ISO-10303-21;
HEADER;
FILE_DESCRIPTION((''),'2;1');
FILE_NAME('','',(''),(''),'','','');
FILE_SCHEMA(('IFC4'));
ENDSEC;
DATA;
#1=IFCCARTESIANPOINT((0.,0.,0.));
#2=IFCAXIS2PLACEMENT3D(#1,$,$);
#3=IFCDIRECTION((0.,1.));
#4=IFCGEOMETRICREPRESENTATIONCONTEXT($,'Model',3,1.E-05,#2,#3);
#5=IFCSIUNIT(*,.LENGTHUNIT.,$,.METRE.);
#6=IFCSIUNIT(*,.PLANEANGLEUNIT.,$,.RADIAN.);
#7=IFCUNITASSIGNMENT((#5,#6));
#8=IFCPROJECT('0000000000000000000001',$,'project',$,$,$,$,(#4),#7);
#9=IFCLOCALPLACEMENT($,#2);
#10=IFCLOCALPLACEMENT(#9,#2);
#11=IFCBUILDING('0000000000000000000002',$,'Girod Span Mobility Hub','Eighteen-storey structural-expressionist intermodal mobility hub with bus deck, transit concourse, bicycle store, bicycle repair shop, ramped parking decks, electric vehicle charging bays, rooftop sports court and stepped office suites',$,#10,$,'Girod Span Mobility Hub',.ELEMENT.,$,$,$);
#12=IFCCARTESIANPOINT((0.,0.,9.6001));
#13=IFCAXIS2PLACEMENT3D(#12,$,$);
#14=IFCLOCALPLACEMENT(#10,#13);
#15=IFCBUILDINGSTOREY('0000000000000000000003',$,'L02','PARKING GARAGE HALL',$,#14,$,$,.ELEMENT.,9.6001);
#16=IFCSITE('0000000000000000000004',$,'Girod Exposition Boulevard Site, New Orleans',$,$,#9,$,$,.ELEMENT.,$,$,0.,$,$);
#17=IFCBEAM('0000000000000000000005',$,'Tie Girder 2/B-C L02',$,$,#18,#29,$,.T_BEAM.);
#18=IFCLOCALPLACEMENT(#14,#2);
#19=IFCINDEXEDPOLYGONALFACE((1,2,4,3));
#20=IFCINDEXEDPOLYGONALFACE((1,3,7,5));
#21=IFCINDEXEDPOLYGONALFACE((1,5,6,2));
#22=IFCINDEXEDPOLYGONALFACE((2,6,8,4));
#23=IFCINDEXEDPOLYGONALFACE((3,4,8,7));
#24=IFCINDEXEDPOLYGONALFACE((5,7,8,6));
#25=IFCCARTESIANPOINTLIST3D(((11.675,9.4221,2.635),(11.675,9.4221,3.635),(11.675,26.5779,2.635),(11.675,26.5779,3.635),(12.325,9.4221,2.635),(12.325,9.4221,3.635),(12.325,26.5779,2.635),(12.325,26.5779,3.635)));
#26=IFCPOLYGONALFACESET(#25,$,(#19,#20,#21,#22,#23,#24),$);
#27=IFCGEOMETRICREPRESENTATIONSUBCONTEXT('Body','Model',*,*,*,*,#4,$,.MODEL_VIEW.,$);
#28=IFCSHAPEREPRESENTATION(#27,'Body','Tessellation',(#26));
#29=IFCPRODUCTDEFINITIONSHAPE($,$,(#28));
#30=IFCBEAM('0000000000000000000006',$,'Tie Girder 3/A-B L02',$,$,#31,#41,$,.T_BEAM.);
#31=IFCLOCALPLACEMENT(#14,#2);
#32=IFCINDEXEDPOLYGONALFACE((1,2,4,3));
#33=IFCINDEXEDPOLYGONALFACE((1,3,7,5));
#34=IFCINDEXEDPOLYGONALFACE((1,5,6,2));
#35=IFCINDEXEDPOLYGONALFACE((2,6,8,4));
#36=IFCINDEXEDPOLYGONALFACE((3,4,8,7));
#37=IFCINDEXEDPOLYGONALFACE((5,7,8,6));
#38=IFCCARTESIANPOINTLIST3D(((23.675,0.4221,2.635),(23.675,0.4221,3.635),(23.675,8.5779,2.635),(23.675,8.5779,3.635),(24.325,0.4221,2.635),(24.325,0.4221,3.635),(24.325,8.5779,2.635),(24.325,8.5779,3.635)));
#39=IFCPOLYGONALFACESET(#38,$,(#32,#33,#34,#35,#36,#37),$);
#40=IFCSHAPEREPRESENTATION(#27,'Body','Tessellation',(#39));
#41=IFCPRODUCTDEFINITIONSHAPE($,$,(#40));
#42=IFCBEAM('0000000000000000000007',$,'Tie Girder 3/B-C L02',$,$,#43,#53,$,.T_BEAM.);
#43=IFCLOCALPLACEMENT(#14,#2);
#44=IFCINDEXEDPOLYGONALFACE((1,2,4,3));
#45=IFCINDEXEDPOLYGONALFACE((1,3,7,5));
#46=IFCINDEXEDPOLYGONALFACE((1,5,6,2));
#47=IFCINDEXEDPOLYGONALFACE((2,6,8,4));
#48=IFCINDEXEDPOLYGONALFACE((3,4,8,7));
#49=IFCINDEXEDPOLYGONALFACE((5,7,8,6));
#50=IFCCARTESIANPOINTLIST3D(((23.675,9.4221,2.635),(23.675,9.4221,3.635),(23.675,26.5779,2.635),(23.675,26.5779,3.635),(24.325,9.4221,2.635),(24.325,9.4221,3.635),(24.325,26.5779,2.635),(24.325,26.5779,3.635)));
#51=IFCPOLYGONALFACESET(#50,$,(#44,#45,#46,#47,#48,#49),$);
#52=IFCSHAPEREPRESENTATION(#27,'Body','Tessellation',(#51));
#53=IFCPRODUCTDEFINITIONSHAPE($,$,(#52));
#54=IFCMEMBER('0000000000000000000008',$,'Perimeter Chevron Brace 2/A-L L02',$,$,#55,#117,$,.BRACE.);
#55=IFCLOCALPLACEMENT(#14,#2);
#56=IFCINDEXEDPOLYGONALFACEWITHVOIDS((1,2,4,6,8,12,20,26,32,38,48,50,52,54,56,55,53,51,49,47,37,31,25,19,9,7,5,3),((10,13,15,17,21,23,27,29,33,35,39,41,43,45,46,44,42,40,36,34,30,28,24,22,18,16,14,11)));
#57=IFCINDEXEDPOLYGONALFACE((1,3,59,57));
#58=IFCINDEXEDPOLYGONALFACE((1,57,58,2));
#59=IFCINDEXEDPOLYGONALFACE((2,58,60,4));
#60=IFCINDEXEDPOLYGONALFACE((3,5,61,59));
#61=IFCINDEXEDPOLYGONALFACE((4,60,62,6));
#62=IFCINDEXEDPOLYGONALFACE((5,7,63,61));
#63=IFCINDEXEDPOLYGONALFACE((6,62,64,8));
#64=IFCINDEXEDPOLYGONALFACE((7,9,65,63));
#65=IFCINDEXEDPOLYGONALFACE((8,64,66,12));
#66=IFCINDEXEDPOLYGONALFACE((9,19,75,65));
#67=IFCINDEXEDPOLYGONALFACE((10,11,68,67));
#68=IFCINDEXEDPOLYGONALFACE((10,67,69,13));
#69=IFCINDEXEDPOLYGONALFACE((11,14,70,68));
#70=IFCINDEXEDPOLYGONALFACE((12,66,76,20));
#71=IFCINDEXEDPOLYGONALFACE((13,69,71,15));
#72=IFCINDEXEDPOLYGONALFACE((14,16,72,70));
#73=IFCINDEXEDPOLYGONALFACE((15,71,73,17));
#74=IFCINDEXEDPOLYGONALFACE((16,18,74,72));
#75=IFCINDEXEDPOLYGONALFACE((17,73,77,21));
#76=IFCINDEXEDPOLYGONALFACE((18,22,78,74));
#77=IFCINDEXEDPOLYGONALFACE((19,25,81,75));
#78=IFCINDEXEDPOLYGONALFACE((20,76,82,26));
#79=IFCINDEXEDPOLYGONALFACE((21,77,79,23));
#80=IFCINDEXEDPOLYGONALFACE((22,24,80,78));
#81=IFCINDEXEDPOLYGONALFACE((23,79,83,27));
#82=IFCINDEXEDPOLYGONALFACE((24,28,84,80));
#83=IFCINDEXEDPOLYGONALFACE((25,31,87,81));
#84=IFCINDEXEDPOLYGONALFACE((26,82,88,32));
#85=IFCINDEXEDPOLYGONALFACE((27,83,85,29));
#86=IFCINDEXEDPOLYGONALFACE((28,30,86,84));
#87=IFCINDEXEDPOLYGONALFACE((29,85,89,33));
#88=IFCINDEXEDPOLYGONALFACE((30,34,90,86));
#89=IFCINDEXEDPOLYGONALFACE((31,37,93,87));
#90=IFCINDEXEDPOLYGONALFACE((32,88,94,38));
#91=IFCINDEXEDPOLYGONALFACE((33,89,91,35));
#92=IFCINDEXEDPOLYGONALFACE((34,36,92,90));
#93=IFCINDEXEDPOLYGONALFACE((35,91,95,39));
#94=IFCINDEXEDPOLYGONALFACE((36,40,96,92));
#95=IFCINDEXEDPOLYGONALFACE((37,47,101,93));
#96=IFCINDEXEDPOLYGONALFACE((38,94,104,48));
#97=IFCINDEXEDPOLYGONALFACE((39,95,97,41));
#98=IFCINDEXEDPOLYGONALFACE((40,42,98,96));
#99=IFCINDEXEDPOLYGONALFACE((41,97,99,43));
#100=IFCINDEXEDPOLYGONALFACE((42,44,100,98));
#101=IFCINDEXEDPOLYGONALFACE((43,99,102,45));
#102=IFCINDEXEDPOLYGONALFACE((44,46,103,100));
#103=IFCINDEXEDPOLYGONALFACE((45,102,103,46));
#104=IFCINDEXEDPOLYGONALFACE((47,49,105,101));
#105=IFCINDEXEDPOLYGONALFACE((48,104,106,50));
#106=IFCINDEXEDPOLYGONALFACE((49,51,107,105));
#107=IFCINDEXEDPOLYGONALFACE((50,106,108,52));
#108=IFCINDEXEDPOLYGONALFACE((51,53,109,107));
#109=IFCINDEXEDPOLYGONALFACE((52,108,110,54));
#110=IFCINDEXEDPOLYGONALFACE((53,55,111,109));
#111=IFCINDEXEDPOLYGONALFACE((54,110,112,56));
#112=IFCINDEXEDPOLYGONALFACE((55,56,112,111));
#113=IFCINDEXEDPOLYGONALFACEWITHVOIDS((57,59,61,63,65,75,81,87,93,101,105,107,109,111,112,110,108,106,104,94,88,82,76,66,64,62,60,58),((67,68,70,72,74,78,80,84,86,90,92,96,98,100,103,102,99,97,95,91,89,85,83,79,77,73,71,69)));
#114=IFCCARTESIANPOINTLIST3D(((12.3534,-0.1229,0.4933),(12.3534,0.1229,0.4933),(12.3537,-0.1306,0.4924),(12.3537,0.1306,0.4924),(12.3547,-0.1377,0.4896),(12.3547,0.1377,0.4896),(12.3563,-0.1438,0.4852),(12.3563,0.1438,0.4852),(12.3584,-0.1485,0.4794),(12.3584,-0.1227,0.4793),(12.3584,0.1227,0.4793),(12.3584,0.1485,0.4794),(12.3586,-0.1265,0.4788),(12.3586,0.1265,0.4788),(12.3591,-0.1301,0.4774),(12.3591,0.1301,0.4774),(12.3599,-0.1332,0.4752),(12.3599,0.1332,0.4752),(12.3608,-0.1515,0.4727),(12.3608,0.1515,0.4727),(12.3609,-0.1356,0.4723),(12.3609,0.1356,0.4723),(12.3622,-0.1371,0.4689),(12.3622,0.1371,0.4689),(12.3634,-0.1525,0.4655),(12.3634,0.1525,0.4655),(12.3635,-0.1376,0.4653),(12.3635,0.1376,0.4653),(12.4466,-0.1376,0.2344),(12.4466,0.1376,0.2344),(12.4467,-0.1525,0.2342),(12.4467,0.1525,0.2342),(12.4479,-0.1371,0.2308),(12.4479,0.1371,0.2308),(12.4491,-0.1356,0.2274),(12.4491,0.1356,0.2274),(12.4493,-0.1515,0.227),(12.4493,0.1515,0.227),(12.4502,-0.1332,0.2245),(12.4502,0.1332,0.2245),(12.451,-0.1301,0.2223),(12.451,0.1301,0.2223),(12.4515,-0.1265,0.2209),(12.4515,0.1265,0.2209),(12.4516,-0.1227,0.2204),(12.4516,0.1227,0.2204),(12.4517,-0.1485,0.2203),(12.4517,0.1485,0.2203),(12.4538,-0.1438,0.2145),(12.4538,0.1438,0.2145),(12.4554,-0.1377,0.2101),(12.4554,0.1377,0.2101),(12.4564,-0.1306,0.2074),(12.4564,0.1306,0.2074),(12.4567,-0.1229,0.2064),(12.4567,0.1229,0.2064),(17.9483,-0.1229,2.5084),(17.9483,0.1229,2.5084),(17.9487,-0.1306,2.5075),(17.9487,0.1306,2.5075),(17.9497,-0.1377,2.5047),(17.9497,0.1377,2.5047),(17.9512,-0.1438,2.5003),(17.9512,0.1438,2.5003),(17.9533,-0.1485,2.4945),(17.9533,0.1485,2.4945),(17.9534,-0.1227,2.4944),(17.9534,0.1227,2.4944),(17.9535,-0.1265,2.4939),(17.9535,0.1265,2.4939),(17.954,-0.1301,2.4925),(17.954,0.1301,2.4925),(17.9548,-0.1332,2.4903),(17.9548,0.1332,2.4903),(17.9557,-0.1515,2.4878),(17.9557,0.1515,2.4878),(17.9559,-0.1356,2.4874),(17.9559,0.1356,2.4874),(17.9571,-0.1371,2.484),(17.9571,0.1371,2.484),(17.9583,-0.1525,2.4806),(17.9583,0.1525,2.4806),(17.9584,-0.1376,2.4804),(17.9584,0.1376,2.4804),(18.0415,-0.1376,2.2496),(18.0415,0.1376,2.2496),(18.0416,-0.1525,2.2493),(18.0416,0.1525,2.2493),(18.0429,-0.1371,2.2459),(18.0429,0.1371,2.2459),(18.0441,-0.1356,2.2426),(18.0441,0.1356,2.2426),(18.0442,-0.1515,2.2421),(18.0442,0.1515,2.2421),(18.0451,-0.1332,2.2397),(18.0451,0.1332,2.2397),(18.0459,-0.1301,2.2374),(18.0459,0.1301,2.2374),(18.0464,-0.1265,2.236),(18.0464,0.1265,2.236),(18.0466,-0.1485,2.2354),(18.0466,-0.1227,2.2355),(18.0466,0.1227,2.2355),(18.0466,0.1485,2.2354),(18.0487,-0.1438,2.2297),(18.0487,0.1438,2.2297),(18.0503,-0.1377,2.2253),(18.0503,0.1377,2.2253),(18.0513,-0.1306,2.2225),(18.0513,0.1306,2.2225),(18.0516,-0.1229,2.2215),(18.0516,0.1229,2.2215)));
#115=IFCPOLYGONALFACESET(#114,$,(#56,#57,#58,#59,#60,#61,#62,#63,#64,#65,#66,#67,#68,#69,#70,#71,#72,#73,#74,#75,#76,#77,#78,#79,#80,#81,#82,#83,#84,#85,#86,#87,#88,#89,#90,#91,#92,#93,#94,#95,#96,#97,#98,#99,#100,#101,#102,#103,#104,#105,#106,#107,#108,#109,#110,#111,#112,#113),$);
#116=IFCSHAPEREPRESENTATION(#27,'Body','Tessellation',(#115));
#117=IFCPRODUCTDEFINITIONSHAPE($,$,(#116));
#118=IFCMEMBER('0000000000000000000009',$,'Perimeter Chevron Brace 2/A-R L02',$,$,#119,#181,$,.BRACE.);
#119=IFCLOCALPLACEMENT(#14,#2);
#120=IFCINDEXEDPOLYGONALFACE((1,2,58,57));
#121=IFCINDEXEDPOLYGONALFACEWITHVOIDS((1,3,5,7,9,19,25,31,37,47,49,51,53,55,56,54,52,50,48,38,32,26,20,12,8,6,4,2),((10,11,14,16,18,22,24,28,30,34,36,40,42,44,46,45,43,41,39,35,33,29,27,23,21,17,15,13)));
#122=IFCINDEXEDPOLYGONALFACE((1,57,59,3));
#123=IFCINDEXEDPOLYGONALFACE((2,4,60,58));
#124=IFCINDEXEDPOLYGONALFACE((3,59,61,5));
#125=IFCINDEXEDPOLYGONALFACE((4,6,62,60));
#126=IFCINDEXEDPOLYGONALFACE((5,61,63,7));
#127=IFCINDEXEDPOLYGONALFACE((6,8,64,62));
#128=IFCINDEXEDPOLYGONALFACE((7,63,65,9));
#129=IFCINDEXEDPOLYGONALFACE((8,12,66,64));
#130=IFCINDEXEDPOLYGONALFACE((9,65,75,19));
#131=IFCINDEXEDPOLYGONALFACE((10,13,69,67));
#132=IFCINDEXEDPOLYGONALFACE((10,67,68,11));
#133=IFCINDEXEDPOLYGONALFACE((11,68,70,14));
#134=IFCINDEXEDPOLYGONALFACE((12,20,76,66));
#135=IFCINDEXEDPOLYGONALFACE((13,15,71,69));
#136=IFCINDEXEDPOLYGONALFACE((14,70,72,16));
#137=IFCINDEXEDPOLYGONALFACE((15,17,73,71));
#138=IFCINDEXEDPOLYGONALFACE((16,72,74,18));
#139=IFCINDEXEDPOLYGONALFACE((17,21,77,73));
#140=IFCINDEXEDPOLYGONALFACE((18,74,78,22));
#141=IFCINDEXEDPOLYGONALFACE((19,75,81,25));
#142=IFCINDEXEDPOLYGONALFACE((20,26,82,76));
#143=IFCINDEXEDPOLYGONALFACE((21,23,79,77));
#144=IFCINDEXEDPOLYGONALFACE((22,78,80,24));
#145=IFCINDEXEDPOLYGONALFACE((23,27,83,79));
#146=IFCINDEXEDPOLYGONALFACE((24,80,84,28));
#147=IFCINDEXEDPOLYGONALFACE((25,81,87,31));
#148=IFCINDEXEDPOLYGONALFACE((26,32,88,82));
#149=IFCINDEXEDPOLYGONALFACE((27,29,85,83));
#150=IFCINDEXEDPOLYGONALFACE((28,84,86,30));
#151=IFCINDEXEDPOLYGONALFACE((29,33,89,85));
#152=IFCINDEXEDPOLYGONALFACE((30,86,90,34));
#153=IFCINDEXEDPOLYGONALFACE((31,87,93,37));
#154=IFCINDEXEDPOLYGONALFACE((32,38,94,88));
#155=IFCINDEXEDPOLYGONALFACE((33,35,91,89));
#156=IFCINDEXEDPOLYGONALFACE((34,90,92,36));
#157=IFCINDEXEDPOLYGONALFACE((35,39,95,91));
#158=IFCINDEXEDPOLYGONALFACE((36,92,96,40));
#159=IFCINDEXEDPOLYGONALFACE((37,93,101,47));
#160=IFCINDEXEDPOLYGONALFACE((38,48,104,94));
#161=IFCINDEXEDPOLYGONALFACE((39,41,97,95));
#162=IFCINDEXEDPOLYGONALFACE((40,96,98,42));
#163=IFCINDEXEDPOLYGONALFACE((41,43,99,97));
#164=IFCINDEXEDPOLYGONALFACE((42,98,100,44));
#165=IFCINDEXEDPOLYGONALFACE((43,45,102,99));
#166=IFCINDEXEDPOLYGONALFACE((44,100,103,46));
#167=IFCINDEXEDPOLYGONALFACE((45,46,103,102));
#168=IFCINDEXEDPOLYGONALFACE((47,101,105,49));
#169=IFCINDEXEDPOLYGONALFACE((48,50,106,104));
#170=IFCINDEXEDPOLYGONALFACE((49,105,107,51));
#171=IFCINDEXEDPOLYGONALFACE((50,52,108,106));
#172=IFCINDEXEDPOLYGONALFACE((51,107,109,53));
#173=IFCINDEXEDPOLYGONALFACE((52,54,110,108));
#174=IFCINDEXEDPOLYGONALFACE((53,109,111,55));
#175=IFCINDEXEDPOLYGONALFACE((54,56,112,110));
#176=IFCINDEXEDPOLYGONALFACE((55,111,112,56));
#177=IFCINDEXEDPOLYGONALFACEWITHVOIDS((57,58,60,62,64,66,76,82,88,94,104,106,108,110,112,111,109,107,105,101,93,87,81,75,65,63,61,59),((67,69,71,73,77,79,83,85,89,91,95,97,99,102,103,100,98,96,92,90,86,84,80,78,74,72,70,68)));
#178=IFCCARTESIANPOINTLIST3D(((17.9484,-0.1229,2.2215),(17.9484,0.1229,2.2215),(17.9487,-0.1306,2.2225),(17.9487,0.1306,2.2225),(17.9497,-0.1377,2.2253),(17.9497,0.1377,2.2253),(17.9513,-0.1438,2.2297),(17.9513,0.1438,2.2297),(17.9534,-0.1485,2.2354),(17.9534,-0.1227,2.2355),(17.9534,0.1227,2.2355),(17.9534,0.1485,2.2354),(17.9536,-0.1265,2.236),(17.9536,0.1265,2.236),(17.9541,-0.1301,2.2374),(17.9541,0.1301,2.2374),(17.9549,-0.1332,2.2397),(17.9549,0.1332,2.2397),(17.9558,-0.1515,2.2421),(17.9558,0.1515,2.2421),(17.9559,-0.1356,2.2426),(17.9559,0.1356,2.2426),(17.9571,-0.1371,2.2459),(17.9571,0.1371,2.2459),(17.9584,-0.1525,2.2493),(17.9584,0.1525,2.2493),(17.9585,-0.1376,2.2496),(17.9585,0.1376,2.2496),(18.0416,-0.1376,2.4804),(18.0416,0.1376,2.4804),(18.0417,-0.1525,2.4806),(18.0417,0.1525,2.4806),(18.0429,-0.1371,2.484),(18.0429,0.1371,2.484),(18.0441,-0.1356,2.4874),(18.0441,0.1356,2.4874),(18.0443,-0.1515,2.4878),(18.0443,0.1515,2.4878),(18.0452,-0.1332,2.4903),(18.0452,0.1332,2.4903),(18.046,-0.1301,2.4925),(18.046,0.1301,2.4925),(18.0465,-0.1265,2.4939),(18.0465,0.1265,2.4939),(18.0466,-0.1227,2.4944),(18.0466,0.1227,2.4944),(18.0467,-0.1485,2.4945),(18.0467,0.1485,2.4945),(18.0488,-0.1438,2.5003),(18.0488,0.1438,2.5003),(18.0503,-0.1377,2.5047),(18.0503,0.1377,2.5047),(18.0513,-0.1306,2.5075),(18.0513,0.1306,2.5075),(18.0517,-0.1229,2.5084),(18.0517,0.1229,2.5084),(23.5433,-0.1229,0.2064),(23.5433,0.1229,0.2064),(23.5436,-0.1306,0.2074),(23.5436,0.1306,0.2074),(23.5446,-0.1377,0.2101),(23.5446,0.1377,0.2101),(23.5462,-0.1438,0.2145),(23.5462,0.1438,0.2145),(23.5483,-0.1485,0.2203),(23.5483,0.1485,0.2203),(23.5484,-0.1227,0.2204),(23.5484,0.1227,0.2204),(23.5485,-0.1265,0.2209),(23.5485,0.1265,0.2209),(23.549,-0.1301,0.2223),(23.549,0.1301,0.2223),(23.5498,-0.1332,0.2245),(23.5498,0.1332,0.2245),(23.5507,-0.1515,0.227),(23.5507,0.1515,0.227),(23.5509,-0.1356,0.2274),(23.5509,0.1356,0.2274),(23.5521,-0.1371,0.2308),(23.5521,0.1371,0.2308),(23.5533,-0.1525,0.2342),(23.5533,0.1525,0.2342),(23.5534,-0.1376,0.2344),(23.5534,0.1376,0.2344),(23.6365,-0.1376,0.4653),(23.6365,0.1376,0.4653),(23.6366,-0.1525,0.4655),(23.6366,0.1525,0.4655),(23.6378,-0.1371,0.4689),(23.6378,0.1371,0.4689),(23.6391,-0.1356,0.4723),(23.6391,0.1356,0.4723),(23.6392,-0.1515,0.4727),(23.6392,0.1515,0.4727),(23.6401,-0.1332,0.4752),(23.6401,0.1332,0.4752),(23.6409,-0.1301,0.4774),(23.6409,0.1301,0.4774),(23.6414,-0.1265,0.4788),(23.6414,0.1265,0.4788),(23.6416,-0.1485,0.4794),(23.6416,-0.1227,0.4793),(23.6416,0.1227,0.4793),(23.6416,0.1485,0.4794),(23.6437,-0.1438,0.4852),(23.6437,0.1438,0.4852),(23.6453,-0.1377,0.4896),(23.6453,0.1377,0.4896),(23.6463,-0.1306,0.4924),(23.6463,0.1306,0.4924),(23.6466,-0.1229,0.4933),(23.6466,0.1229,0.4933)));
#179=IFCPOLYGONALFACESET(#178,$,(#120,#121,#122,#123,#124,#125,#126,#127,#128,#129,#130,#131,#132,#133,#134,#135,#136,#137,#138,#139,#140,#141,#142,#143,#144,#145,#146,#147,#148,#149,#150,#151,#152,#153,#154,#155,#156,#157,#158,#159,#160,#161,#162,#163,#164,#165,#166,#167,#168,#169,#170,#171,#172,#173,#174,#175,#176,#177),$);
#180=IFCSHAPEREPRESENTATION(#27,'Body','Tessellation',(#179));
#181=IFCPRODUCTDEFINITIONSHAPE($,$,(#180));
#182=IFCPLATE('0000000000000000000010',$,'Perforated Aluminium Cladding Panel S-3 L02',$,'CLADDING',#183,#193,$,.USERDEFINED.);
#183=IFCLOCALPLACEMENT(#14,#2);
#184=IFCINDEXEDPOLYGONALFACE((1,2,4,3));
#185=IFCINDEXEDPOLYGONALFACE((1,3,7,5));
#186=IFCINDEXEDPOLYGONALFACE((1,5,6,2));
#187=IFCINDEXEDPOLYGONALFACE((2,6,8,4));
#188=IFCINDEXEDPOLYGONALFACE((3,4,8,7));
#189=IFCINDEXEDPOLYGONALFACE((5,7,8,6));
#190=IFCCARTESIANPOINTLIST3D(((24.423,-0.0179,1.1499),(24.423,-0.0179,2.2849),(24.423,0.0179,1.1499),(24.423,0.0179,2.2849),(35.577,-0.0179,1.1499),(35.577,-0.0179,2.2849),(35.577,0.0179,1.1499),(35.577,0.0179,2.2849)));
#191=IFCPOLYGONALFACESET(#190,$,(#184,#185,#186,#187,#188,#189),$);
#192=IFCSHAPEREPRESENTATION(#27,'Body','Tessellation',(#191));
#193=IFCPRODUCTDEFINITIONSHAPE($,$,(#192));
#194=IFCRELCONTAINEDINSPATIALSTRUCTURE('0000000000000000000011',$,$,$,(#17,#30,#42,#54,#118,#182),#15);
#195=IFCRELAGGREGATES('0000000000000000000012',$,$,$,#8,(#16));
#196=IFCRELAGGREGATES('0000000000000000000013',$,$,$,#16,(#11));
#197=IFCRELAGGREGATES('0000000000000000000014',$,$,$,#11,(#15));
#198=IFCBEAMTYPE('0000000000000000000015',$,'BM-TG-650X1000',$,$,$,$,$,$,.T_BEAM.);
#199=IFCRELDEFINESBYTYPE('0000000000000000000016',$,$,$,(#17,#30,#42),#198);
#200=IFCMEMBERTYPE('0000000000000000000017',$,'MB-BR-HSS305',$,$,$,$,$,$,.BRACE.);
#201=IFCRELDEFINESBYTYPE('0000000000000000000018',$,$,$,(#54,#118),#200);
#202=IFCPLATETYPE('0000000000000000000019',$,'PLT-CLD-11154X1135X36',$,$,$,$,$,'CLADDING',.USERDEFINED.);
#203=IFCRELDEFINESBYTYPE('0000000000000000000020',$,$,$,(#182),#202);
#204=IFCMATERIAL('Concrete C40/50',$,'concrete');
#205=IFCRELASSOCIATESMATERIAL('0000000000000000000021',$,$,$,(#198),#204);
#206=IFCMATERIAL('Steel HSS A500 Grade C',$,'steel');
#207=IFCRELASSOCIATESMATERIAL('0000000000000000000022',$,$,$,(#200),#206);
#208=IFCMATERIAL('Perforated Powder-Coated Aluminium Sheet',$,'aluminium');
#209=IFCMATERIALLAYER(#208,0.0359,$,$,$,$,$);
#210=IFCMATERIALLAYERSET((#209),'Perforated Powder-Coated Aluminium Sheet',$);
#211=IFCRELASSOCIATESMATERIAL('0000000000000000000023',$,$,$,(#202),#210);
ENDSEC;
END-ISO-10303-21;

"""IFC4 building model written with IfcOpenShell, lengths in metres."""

from ifc_helpers import new_model, si_unit, direction, frame, origin, origin_2d, place, context, subcontext, project, spatial, rectangle, hollow_rectangle, extrude, material, layer, layer_set, material_profile, profile_set, type_object, element, save


model = new_model("IFC4")

# Units and contexts
model_context = context("Model", 3, precision=1e-05, world=origin(), true_north=direction((0.0, 1.0)))
body_context = subcontext(model_context, "Body", "Model", "MODEL_VIEW")
ifc_project = project(units=[si_unit("LENGTHUNIT", "METRE"), si_unit("PLANEANGLEUNIT", "RADIAN")], contexts=[model_context])

# Site, building, storey
site_placement = place(None, origin())
site = spatial("IfcSite", under=ifc_project, at=site_placement, Name="Girod Exposition Boulevard Site, New Orleans", CompositionType="ELEMENT", RefElevation=0.0)
building_placement = place(site_placement, origin())
building = spatial("IfcBuilding", under=site, at=building_placement, Name="Girod Span Mobility Hub", Description="Eighteen-storey structural-expressionist intermodal mobility hub with bus deck, transit concourse, bicycle store, bicycle repair shop, ramped parking decks, electric vehicle charging bays, rooftop sports court and stepped office suites", LongName="Girod Span Mobility Hub", CompositionType="ELEMENT")
storey_placement = place(building_placement, frame((0.0, 0.0, 9.6001)))
storey = spatial("IfcBuildingStorey", under=building, at=storey_placement, Name="L02", Description="PARKING GARAGE HALL", CompositionType="ELEMENT", Elevation=9.6001)

# Beams
ifc_material_1 = material(Name="Concrete C40/50", Category="concrete")
ifc_material_profile_1 = material_profile(ifc_material_1, rectangle(XDim=0.6499, YDim=1.0, at=origin_2d()), Name="TG-650X1000")
ifc_profile_set_1 = profile_set([ifc_material_profile_1], Name="Concrete C40/50")
beam_type_1 = type_object("IfcBeamType", Name="BM-TG-650X1000", PredefinedType="T_BEAM", material=ifc_profile_set_1)
beam_1_placement = place(storey_placement, frame((12.0, 9.4221, 3.135), z_axis=(0.0, 1.0, 0.0), x_axis=(-1.0, 0.0, 0.0)))
element("IfcBeam", 1, at=beam_1_placement, inside=storey, type_object=beam_type_1, Name="Tie Girder 2/B-C L02", PredefinedType="T_BEAM", context=body_context, shape_type="SweptSolid", body=[
    extrude(rectangle(XDim=0.6499, YDim=1.0, at=origin_2d()), origin(), (0.0, 0.0, 1.0), 17.1558),
])
beam_2_placement = place(storey_placement, frame((24.0, 0.4221, 3.135), z_axis=(0.0, 1.0, 0.0), x_axis=(-1.0, 0.0, 0.0)))
element("IfcBeam", 2, at=beam_2_placement, inside=storey, type_object=beam_type_1, Name="Tie Girder 3/A-B L02", PredefinedType="T_BEAM", context=body_context, shape_type="SweptSolid", body=[
    extrude(rectangle(XDim=0.6499, YDim=1.0, at=origin_2d()), origin(), (0.0, 0.0, 1.0), 8.1558),
])
beam_3_placement = place(storey_placement, frame((24.0, 9.4221, 3.135), z_axis=(0.0, 1.0, 0.0), x_axis=(-1.0, 0.0, 0.0)))
element("IfcBeam", 3, at=beam_3_placement, inside=storey, type_object=beam_type_1, Name="Tie Girder 3/B-C L02", PredefinedType="T_BEAM", context=body_context, shape_type="SweptSolid", body=[
    extrude(rectangle(XDim=0.6499, YDim=1.0, at=origin_2d()), origin(), (0.0, 0.0, 1.0), 17.1558),
])

# Members
ifc_material_2 = material(Name="Steel HSS A500 Grade C", Category="steel")
ifc_material_profile_2 = material_profile(ifc_material_2, hollow_rectangle(XDim=0.3049, YDim=0.3049, WallThickness=0.0149, InnerFilletRadius=0.0149, OuterFilletRadius=0.0295, at=origin_2d()), Name="HSS305X305X16")
ifc_profile_set_2 = profile_set([ifc_material_profile_2], Name="Steel HSS A500 Grade C")
member_type = type_object("IfcMemberType", Name="MB-BR-HSS305", PredefinedType="BRACE", material=ifc_profile_set_2)
for number, where, z_axis, x_axis, name in (
    (4, (12.405, 0.0, 0.3499), (0.940837, 0.0, 0.33886), (0.0, 1.0, 0.0), "Perimeter Chevron Brace 2/A-L L02"),
    (5, (23.595, 0.0, 0.3499), (-0.940837, 0.0, 0.33886), (0.0, -1.0, 0.0), "Perimeter Chevron Brace 2/A-R L02"),
):
    element("IfcMember", number, at=place(storey_placement, frame(where, z_axis=z_axis, x_axis=x_axis)), inside=storey, type_object=member_type, Name=name, PredefinedType="BRACE", context=body_context, shape_type="SweptSolid", body=[
        extrude(hollow_rectangle(XDim=0.3049, YDim=0.3049, WallThickness=0.0149, InnerFilletRadius=0.0149, OuterFilletRadius=0.0295, at=origin_2d()), origin(), (0.0, 0.0, 1.0), 5.9468),
    ])

# Plate
ifc_material_3 = material(Name="Perforated Powder-Coated Aluminium Sheet", Category="aluminium")
ifc_layer_1 = layer(ifc_material_3, 0.0359)
ifc_layer_set_1 = layer_set([ifc_layer_1], Name="Perforated Powder-Coated Aluminium Sheet")
plate_type = type_object("IfcPlateType", Name="PLT-CLD-11154X1135X36", ElementType="CLADDING", PredefinedType="USERDEFINED", material=ifc_layer_set_1)
plate_placement = place(storey_placement, frame((30.0, 0.0, 1.1499), z_axis=(0.0, 0.0, 1.0), x_axis=(1.0, 0.0, 0.0)))
element("IfcPlate", 6, at=plate_placement, inside=storey, type_object=plate_type, Name="Perforated Aluminium Cladding Panel S-3 L02", ObjectType="CLADDING", PredefinedType="USERDEFINED", context=body_context, shape_type="SweptSolid", body=[
    extrude(rectangle(XDim=11.1541, YDim=0.0359, at=origin_2d()), origin(), (0.0, 0.0, 1.0), 1.135),
])

save(model, "model.ifc")
